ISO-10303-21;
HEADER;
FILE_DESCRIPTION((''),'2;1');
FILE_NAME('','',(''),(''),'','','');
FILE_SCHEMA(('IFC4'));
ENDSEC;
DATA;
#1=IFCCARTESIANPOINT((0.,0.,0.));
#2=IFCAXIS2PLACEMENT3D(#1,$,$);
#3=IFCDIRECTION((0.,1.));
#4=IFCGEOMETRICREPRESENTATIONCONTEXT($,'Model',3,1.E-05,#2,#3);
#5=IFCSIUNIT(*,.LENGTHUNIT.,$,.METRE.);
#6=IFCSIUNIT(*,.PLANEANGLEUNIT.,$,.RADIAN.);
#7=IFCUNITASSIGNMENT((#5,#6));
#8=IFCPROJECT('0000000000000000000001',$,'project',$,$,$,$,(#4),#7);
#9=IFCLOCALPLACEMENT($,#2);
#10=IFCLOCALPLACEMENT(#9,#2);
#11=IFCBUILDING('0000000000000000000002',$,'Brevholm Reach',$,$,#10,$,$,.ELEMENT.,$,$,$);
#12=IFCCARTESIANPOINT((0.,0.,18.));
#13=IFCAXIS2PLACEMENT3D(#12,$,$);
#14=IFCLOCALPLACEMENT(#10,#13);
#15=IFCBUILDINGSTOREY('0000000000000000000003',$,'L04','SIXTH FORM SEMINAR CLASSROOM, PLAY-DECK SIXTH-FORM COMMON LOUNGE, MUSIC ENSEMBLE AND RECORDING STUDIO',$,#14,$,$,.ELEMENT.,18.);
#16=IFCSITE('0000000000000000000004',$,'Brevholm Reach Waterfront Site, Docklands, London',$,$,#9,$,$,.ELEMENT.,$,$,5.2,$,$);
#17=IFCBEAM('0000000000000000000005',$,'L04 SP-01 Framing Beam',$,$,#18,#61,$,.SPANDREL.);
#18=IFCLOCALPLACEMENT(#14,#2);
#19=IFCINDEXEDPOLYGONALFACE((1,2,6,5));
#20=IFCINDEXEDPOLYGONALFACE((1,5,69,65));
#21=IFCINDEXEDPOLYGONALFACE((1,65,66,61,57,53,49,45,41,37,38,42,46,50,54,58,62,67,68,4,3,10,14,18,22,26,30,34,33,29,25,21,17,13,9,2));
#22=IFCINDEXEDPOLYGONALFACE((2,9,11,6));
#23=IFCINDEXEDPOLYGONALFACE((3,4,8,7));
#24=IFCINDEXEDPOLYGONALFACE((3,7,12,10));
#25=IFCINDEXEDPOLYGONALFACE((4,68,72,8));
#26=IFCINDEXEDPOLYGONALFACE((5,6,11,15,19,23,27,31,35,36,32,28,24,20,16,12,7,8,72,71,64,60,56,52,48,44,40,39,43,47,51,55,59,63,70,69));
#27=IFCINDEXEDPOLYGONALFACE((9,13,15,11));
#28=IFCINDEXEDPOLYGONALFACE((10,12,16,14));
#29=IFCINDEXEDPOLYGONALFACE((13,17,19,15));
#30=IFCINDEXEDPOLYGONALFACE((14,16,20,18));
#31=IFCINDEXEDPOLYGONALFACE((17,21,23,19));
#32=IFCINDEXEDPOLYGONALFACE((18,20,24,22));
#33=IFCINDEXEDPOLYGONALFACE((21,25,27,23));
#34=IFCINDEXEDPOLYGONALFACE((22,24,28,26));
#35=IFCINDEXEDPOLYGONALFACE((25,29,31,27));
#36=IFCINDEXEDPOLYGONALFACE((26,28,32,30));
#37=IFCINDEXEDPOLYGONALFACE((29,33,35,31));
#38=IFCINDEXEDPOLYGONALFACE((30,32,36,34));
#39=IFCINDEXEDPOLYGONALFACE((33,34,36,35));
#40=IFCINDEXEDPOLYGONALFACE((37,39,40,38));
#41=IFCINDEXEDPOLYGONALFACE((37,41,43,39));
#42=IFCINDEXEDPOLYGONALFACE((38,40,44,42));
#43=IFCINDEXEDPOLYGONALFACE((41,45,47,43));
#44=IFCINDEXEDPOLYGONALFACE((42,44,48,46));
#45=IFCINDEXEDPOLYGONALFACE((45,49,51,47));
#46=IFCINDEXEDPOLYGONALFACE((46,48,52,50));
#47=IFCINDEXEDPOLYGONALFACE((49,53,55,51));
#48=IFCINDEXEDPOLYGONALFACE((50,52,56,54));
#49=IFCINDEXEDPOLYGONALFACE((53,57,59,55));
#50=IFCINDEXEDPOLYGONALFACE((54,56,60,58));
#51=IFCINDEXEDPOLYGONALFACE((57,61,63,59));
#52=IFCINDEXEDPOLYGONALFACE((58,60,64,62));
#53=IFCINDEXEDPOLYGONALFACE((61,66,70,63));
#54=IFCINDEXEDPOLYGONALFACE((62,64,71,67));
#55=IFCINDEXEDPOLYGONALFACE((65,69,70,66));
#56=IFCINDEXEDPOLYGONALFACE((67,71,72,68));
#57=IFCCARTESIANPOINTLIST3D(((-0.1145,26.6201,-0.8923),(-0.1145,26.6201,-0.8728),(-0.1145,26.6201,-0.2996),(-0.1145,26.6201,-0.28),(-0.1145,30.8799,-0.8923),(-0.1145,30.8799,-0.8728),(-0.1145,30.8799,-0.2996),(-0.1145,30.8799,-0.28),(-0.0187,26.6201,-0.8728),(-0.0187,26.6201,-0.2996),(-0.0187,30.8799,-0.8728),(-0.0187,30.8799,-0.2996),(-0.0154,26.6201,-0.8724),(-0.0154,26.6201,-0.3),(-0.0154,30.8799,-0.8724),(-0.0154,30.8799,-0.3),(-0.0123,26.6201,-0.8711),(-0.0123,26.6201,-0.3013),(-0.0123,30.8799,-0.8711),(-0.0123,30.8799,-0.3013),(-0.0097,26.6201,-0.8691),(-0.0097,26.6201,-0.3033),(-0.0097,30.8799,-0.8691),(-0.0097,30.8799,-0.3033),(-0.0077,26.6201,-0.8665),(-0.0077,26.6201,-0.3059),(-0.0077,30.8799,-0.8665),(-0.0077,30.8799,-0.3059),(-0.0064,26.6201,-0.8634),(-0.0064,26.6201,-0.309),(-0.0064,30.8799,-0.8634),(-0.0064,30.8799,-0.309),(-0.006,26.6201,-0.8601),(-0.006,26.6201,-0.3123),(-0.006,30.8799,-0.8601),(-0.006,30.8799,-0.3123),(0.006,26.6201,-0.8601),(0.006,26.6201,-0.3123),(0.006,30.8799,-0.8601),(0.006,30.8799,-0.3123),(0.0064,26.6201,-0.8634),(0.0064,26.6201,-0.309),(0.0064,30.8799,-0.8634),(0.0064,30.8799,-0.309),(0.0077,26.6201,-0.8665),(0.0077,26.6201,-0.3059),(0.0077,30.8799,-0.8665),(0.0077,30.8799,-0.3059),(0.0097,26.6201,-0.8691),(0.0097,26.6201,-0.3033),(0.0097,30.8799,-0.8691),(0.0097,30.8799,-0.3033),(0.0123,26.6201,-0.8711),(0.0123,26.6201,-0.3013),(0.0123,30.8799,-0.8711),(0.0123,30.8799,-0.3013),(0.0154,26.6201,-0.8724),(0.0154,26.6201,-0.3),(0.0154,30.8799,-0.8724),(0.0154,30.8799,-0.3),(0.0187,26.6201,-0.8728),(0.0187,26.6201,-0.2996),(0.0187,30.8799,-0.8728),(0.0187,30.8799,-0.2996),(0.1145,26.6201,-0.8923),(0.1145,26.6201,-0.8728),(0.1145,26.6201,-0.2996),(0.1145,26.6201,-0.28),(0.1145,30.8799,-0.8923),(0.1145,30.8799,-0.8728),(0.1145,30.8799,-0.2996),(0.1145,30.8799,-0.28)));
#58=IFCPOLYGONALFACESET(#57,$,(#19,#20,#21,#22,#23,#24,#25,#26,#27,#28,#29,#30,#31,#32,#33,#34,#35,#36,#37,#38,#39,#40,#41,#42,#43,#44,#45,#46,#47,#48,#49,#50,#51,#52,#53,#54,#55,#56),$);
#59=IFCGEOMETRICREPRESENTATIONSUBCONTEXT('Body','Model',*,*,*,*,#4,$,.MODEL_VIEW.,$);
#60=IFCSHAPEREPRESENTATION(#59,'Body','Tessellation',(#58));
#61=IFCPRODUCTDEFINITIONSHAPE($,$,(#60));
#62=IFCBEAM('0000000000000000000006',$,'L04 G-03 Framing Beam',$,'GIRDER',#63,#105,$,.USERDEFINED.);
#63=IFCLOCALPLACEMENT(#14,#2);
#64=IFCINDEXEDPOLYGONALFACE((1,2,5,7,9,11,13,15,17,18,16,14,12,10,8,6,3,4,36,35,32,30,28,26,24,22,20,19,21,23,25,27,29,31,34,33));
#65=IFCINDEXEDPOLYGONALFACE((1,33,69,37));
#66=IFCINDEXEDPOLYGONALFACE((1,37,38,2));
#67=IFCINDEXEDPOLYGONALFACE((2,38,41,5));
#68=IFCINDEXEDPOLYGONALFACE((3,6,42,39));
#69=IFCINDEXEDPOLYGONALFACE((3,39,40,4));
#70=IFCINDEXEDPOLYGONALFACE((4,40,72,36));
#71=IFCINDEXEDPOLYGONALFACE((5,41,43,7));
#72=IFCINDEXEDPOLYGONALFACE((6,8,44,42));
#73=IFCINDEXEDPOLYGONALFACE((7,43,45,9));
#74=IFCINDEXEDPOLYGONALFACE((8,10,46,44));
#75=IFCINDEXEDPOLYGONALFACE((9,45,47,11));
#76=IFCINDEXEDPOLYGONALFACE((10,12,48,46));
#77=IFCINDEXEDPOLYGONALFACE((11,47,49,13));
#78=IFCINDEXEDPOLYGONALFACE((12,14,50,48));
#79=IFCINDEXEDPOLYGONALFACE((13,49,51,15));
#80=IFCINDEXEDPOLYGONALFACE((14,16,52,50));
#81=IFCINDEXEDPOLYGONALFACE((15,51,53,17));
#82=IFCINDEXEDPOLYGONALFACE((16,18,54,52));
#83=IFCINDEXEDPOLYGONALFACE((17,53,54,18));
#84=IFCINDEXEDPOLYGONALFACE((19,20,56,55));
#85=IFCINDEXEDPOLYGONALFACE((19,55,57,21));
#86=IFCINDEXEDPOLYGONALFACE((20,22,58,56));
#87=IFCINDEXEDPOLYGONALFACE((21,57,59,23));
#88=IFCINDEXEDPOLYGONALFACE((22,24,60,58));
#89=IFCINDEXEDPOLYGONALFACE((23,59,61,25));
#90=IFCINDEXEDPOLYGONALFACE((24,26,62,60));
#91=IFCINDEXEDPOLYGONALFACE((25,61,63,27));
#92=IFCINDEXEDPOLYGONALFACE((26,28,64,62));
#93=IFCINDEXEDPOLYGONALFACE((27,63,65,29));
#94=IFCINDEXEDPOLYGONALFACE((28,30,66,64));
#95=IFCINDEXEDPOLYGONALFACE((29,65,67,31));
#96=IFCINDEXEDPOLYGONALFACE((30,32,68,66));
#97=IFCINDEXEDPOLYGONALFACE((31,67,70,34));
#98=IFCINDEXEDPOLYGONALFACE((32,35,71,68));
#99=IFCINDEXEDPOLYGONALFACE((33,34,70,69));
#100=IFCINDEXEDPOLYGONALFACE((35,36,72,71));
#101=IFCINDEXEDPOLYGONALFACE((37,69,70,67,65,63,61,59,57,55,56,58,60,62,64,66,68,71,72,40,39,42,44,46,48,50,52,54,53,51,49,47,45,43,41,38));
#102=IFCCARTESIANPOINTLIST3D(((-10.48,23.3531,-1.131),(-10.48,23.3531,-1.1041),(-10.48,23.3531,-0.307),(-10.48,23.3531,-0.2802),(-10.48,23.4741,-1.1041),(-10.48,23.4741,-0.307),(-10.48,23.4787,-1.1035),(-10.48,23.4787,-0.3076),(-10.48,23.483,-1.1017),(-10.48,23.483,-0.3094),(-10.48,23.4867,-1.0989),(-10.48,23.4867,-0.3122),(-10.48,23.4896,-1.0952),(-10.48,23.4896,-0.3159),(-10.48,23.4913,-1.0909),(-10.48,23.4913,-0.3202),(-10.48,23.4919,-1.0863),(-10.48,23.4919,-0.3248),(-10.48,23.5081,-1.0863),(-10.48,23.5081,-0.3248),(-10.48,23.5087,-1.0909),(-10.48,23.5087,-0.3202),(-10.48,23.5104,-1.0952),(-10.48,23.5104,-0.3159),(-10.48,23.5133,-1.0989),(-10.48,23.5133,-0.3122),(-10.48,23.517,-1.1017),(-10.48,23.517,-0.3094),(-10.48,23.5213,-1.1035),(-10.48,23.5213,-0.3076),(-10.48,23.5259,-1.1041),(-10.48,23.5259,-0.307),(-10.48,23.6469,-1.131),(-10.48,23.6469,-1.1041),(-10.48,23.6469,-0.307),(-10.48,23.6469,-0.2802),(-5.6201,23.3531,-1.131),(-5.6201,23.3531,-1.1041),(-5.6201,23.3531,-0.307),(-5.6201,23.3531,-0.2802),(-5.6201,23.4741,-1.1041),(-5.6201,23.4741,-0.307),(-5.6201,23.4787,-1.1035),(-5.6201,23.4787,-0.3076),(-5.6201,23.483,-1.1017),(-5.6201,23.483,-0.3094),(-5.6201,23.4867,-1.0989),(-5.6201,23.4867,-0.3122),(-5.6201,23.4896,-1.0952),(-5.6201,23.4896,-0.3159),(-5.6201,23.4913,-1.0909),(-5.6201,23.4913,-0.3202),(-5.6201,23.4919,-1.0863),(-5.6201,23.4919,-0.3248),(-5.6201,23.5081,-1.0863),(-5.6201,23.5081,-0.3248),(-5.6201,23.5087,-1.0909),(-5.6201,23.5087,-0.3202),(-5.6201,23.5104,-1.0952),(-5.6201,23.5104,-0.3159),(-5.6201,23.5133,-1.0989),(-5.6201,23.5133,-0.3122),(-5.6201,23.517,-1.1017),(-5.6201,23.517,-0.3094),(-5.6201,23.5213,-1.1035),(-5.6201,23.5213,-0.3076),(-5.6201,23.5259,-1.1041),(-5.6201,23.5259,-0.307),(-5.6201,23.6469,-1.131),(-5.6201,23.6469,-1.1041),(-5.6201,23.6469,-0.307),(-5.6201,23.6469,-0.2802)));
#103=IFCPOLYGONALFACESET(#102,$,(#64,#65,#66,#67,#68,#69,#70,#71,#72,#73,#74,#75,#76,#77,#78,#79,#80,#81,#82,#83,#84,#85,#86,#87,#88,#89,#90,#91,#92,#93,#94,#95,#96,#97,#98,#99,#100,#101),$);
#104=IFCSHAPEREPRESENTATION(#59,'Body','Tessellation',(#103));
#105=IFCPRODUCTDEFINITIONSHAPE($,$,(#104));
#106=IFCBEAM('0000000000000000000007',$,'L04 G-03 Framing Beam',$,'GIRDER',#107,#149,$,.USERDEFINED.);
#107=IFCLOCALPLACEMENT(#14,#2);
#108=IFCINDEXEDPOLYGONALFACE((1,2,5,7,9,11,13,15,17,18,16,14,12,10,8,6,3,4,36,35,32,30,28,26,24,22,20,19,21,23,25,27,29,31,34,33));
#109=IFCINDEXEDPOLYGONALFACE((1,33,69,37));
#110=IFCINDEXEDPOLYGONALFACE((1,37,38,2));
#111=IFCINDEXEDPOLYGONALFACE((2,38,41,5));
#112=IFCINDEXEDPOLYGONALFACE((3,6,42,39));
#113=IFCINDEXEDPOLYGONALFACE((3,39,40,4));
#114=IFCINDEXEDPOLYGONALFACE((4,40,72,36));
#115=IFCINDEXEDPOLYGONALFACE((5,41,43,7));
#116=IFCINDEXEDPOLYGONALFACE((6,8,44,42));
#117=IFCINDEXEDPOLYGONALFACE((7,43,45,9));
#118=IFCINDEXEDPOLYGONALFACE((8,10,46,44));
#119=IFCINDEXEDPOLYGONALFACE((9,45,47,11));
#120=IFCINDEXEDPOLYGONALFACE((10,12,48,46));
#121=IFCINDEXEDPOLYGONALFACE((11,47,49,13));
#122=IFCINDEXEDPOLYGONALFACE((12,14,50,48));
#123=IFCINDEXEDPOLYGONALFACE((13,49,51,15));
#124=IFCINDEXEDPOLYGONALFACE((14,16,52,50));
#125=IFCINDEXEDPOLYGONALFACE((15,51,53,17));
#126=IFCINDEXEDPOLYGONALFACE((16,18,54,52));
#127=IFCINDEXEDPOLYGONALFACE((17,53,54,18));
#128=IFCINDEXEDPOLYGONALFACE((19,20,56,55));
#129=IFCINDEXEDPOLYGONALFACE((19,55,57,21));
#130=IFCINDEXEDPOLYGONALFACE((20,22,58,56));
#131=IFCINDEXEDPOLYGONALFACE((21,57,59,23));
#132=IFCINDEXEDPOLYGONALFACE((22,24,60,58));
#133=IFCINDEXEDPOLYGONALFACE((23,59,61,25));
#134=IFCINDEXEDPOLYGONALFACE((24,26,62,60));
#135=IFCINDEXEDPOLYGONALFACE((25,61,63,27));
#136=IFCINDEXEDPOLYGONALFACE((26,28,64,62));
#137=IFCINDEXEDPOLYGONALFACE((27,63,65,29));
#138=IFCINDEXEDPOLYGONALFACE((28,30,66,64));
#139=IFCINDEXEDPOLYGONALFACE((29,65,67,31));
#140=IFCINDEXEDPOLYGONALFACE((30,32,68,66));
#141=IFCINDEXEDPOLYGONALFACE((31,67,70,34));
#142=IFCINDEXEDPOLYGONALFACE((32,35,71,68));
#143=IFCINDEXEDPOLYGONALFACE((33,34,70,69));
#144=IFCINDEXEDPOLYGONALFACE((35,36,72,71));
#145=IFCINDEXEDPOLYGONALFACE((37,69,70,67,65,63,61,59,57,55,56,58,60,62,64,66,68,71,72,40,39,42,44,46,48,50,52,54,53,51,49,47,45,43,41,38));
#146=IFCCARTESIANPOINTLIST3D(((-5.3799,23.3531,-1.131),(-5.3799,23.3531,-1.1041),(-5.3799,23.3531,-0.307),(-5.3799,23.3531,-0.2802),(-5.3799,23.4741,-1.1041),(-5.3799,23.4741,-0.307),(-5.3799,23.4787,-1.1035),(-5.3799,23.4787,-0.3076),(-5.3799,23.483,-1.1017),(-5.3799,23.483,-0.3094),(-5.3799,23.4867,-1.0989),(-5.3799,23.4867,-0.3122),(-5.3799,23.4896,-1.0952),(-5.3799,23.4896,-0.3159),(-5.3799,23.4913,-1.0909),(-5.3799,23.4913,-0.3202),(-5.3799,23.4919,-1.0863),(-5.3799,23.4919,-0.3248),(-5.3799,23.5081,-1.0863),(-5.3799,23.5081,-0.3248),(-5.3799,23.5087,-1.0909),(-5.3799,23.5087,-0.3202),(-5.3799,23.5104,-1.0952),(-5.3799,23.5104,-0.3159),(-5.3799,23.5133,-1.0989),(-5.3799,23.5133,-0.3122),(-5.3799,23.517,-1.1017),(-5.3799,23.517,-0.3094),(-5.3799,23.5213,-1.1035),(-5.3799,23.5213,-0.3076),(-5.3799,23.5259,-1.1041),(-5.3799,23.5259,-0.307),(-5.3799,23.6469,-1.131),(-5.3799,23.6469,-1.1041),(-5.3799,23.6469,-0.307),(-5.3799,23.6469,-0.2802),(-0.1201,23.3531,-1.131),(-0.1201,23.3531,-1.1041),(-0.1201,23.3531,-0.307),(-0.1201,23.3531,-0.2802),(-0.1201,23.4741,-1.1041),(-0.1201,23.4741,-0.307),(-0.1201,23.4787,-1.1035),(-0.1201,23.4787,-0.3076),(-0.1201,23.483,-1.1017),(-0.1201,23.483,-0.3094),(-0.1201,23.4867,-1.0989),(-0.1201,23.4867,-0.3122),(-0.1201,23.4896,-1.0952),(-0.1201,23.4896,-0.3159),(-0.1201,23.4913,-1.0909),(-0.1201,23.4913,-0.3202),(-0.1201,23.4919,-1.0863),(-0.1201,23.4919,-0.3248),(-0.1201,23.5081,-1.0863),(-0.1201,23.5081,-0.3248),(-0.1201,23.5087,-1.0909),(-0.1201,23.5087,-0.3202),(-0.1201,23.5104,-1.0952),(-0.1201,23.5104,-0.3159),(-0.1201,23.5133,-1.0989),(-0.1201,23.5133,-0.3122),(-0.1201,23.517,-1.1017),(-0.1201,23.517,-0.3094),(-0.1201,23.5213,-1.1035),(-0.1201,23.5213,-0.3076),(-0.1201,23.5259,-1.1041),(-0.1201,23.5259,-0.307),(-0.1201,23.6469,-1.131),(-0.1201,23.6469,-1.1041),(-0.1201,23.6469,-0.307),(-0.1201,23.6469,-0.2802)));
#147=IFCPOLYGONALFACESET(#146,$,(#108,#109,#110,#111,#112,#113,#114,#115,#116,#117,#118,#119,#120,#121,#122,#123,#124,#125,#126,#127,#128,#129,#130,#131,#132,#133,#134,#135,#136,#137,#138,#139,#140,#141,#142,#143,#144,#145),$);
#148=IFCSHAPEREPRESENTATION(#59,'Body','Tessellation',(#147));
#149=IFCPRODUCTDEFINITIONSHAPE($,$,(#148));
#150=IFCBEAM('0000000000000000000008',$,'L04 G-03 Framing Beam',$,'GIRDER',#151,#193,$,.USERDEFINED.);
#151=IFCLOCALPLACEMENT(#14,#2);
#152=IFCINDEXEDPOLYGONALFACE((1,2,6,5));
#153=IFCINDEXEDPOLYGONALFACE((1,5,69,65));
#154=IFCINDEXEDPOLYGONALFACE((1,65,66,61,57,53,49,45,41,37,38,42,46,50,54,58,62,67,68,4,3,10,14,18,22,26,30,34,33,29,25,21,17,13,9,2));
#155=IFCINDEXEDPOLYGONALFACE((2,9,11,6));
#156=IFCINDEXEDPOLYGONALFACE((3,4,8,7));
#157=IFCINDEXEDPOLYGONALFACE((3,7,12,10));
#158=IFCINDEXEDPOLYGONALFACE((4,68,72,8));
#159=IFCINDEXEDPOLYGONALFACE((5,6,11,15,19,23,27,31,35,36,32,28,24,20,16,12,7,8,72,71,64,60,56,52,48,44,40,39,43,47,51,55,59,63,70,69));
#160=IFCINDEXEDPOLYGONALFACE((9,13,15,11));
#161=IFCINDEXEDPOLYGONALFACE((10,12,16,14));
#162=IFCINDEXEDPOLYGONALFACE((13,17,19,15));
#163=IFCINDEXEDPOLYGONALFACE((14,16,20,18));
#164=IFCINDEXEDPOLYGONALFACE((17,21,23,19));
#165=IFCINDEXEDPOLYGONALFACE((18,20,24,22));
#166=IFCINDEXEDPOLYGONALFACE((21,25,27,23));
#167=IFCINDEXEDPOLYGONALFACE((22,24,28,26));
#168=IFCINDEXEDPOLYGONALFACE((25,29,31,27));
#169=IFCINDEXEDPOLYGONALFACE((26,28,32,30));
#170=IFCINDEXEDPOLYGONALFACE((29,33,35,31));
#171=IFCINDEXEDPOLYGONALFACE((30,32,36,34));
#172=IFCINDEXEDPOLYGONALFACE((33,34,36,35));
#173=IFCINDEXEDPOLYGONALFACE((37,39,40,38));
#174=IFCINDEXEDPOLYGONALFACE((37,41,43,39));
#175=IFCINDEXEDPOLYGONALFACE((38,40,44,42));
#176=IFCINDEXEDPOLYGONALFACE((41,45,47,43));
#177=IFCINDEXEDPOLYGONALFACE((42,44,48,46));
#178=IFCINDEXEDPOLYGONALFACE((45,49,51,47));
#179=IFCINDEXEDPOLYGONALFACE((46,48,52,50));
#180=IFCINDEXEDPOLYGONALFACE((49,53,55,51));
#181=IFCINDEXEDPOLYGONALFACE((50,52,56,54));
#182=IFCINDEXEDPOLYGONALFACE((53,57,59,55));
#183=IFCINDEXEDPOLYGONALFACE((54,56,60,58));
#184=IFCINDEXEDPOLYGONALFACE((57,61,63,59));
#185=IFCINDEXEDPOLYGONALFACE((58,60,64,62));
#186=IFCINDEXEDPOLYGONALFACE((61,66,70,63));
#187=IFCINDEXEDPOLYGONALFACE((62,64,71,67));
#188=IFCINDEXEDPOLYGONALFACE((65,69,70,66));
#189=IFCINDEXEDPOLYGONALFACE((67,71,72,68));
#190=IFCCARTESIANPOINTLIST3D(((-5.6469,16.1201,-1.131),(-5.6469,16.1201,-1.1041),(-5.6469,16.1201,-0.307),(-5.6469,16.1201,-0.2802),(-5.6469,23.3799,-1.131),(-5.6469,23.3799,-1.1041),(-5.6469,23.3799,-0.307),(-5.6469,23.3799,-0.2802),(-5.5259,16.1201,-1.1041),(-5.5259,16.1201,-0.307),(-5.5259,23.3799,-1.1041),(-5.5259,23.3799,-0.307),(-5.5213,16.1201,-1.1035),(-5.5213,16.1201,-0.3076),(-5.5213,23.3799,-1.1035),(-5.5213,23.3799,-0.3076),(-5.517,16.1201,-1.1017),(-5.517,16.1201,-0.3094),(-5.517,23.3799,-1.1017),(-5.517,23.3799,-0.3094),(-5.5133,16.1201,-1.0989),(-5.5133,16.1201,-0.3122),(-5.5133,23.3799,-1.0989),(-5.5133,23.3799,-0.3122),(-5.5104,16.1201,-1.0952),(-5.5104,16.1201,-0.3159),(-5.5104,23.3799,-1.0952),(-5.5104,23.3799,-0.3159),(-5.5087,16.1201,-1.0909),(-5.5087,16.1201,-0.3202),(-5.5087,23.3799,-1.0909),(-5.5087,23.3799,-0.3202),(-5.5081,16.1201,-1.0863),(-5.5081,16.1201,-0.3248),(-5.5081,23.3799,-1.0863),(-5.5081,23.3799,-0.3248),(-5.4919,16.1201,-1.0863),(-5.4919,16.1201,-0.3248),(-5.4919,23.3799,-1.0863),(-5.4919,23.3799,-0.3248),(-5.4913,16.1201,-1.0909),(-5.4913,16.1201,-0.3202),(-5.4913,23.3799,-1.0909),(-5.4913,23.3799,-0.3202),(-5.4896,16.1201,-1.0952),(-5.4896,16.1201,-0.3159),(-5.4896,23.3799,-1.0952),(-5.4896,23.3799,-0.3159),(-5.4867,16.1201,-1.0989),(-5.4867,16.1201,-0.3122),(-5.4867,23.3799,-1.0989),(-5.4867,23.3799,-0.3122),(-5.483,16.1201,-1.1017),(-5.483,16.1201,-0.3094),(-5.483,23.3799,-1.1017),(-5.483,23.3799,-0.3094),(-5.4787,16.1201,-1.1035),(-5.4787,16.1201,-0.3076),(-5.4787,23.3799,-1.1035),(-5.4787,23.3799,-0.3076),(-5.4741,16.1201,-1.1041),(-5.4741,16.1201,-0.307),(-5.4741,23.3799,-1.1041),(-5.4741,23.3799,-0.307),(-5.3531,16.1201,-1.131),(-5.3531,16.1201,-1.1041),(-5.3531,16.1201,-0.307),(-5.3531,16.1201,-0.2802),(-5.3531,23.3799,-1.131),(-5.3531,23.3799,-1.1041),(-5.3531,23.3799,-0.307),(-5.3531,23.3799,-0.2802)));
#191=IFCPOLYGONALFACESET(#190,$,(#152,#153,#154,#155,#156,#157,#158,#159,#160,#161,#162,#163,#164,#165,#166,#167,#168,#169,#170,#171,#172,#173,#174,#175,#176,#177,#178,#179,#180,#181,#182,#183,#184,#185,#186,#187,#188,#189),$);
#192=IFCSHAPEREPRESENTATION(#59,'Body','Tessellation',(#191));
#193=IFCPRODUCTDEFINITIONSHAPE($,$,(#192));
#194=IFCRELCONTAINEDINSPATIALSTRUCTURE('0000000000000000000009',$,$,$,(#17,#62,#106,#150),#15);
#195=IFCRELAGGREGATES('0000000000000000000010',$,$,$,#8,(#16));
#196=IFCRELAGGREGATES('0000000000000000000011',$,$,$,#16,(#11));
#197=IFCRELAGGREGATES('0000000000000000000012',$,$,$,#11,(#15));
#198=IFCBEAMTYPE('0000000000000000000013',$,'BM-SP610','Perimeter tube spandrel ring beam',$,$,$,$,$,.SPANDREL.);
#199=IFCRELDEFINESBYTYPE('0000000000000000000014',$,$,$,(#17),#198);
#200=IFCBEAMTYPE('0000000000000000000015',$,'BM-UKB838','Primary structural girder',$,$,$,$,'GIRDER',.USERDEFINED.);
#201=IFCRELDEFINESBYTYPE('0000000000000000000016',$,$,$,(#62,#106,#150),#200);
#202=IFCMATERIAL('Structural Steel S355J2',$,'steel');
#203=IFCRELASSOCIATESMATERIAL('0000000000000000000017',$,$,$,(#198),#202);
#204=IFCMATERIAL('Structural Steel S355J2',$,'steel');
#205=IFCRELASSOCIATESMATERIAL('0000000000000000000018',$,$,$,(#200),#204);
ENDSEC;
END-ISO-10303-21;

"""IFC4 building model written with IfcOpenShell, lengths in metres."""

from ifc_helpers import new_model, si_unit, direction, frame, origin, origin_2d, place, context, subcontext, project, spatial, i_section, extrude, material, material_profile, profile_set, type_object, element, save


model = new_model("IFC4")

# Units and contexts
model_context = context("Model", 3, precision=1e-05, world=origin(), true_north=direction((0.0, 1.0)))
body_context = subcontext(model_context, "Body", "Model", "MODEL_VIEW")
ifc_project = project(units=[si_unit("LENGTHUNIT", "METRE"), si_unit("PLANEANGLEUNIT", "RADIAN")], contexts=[model_context])

# Site, building, storey
site_placement = place(None, origin())
site = spatial("IfcSite", under=ifc_project, at=site_placement, Name="Brevholm Reach Waterfront Site, Docklands, London", CompositionType="ELEMENT", RefElevation=5.2)
building_placement = place(site_placement, origin())
building = spatial("IfcBuilding", under=site, at=building_placement, Name="Brevholm Reach", CompositionType="ELEMENT")
storey_placement = place(building_placement, frame((0.0, 0.0, 18.0)))
storey = spatial("IfcBuildingStorey", under=building, at=storey_placement, Name="L04", Description="SIXTH FORM SEMINAR CLASSROOM, PLAY-DECK SIXTH-FORM COMMON LOUNGE, MUSIC ENSEMBLE AND RECORDING STUDIO", CompositionType="ELEMENT", Elevation=18.0)

# Beams
ifc_material_1 = material(Name="Structural Steel S355J2", Category="steel")
ifc_material_profile_1 = material_profile(ifc_material_1, i_section(OverallWidth=0.229, OverallDepth=0.6123, WebThickness=0.012, FlangeThickness=0.0195, FilletRadius=0.0127, at=origin_2d()), Name="UKB 610x229x125")
ifc_profile_set_1 = profile_set([ifc_material_profile_1], Name="Structural Steel S355J2")
beam_type_1 = type_object("IfcBeamType", Name="BM-SP610", Description="Perimeter tube spandrel ring beam", PredefinedType="SPANDREL", material=ifc_profile_set_1)
beam_1_placement = place(storey_placement, frame((0.0, 26.6201, -0.5862), z_axis=(0.0, 1.0, 0.0), x_axis=(-1.0, 0.0, 0.0)))
element("IfcBeam", 1, at=beam_1_placement, inside=storey, type_object=beam_type_1, Name="L04 SP-01 Framing Beam", PredefinedType="SPANDREL", context=body_context, shape_type="SweptSolid", body=[
    extrude(i_section(OverallWidth=0.229, OverallDepth=0.6123, WebThickness=0.012, FlangeThickness=0.0195, FilletRadius=0.0127, at=origin_2d()), origin(), (0.0, 0.0, 1.0), 4.2598),
])
ifc_material_2 = material(Name="Structural Steel S355J2", Category="steel")
ifc_material_profile_2 = material_profile(ifc_material_2, i_section(OverallWidth=0.2937, OverallDepth=0.8508, WebThickness=0.0161, FlangeThickness=0.0269, FilletRadius=0.0178, at=origin_2d()), Name="UKB 838x292x226")
ifc_profile_set_2 = profile_set([ifc_material_profile_2], Name="Structural Steel S355J2")
beam_type_2 = type_object("IfcBeamType", Name="BM-UKB838", Description="Primary structural girder", ElementType="GIRDER", PredefinedType="USERDEFINED", material=ifc_profile_set_2)
beam_2_placement = place(storey_placement, frame((-10.48, 23.5, -0.7056), z_axis=(1.0, 0.0, 0.0), x_axis=(0.0, 1.0, 0.0)))
element("IfcBeam", 2, at=beam_2_placement, inside=storey, type_object=beam_type_2, Name="L04 G-03 Framing Beam", ObjectType="GIRDER", PredefinedType="USERDEFINED", context=body_context, shape_type="SweptSolid", body=[
    extrude(i_section(OverallWidth=0.2937, OverallDepth=0.8508, WebThickness=0.0161, FlangeThickness=0.0269, FilletRadius=0.0178, at=origin_2d()), origin(), (0.0, 0.0, 1.0), 4.8599),
])
beam_3_placement = place(storey_placement, frame((-5.3799, 23.5, -0.7056), z_axis=(1.0, 0.0, 0.0), x_axis=(0.0, 1.0, 0.0)))
element("IfcBeam", 3, at=beam_3_placement, inside=storey, type_object=beam_type_2, Name="L04 G-03 Framing Beam", ObjectType="GIRDER", PredefinedType="USERDEFINED", context=body_context, shape_type="SweptSolid", body=[
    extrude(i_section(OverallWidth=0.2937, OverallDepth=0.8508, WebThickness=0.0161, FlangeThickness=0.0269, FilletRadius=0.0178, at=origin_2d()), origin(), (0.0, 0.0, 1.0), 5.2598),
])
for number, where, z_axis, x_axis, name in (
    (4, (-5.5, 16.1201, -0.7056), (0.0, 1.0, 0.0), (-1.0, 0.0, 0.0), "L04 G-03 Framing Beam"),
):
    element("IfcBeam", number, at=place(storey_placement, frame(where, z_axis=z_axis, x_axis=x_axis)), inside=storey, type_object=beam_type_2, Name=name, ObjectType="GIRDER", PredefinedType="USERDEFINED", context=body_context, shape_type="SweptSolid", body=[
        extrude(i_section(OverallWidth=0.2937, OverallDepth=0.8508, WebThickness=0.0161, FlangeThickness=0.0269, FilletRadius=0.0178, at=origin_2d()), origin(), (0.0, 0.0, 1.0), 7.2598),
    ])

save(model, "model.ifc")
